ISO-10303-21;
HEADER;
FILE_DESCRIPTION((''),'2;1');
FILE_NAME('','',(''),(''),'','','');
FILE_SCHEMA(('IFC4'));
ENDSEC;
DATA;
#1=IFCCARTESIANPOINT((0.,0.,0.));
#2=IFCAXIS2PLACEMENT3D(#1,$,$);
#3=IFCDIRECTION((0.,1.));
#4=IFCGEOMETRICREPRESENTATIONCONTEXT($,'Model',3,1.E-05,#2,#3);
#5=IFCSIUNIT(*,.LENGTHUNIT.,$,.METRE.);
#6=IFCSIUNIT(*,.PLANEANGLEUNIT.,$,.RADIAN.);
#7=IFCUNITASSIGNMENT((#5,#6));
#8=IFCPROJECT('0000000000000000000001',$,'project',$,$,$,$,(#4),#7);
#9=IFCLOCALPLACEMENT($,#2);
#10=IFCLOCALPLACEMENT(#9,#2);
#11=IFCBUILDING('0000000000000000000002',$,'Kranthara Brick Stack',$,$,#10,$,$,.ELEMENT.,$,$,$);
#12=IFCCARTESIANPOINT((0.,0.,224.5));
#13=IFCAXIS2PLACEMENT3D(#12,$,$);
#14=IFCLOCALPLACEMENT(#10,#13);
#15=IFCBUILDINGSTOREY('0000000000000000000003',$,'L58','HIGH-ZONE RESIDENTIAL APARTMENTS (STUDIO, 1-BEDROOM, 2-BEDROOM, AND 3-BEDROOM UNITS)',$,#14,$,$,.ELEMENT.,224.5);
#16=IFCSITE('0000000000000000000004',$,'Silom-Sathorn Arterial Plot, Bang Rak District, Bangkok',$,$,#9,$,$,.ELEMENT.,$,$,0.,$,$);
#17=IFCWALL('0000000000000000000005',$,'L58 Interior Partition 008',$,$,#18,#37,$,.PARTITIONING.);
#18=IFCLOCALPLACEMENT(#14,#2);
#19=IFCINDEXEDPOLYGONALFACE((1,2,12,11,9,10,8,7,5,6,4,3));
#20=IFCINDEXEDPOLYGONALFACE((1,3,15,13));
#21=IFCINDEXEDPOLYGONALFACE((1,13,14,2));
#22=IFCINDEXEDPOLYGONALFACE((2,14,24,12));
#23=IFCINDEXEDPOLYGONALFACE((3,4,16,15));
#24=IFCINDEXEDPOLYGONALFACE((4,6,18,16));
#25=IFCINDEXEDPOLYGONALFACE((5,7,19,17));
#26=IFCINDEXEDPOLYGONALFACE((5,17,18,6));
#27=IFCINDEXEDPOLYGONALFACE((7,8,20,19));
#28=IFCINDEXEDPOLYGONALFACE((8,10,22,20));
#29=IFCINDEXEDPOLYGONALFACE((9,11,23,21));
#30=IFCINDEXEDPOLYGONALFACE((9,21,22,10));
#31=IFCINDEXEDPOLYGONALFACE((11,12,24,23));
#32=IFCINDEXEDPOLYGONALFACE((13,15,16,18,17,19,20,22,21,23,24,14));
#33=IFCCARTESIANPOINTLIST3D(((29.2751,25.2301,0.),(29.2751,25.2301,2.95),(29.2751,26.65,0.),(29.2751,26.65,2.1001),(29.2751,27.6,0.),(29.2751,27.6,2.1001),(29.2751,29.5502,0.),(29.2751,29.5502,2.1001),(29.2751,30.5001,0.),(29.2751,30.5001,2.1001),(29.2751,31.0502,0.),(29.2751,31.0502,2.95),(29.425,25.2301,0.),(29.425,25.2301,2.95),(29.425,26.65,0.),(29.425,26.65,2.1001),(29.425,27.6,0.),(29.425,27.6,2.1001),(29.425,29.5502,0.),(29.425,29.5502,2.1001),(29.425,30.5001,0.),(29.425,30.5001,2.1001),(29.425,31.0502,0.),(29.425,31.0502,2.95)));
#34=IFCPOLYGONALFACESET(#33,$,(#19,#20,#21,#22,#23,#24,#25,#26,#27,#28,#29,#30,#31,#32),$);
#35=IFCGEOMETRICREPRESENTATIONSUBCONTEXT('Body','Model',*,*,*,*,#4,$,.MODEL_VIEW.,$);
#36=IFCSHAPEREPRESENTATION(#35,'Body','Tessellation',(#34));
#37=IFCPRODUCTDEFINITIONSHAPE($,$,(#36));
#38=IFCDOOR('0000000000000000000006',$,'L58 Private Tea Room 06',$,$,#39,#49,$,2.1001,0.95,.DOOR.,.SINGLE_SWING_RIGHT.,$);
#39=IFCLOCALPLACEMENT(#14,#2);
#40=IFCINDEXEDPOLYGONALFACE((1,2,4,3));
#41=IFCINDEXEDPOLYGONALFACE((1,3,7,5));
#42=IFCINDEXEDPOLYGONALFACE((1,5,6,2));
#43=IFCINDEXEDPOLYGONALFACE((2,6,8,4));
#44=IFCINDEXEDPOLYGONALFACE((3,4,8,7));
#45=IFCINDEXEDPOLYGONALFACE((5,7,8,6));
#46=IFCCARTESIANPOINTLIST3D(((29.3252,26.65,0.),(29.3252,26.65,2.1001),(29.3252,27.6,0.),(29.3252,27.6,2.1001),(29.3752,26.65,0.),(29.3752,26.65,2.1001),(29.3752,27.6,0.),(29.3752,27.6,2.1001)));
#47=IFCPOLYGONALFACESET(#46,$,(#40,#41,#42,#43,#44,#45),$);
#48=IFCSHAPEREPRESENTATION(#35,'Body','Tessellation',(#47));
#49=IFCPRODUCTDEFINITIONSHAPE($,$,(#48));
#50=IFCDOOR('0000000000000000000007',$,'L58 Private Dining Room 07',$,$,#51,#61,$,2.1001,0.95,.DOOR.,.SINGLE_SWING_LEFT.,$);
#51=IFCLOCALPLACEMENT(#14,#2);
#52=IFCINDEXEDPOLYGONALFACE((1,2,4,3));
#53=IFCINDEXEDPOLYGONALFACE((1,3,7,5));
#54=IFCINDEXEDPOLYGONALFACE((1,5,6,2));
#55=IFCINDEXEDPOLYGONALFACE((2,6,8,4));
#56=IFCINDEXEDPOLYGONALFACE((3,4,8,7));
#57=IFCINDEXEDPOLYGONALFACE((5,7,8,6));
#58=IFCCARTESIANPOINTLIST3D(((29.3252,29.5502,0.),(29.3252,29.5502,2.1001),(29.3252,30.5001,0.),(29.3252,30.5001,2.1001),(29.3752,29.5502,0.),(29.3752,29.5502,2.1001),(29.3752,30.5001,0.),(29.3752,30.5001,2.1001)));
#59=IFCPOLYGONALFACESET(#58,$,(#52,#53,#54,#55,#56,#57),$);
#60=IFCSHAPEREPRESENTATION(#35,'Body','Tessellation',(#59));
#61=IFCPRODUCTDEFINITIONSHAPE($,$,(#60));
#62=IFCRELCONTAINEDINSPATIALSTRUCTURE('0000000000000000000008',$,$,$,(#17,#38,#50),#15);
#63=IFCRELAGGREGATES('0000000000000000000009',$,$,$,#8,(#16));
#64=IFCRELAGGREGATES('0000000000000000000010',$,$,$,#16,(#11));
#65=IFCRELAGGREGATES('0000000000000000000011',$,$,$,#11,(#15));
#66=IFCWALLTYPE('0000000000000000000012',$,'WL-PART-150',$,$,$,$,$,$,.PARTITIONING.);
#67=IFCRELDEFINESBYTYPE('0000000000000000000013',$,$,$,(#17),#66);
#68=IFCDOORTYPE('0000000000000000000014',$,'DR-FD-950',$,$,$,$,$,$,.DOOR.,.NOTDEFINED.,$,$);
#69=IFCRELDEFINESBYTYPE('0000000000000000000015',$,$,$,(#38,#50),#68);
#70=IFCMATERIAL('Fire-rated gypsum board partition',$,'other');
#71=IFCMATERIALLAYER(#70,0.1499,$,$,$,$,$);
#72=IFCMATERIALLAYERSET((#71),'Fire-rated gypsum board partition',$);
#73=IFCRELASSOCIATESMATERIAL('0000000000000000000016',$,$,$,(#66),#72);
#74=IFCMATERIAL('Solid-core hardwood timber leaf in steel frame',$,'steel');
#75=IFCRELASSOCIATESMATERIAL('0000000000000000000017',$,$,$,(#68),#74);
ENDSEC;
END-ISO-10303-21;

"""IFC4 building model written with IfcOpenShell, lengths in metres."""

from ifc_helpers import new_model, si_unit, direction, frame, frame_2d, origin, place, context, subcontext, project, spatial, rectangle, extrude, material, layer, layer_set, type_object, element, fill, save


model = new_model("IFC4")

# Units and contexts
model_context = context("Model", 3, precision=1e-05, world=origin(), true_north=direction((0.0, 1.0)))
body_context = subcontext(model_context, "Body", "Model", "MODEL_VIEW")
ifc_project = project(units=[si_unit("LENGTHUNIT", "METRE"), si_unit("PLANEANGLEUNIT", "RADIAN")], contexts=[model_context])

# Site, building, storey
site_placement = place(None, origin())
site = spatial("IfcSite", under=ifc_project, at=site_placement, Name="Silom-Sathorn Arterial Plot, Bang Rak District, Bangkok", CompositionType="ELEMENT", RefElevation=0.0)
building_placement = place(site_placement, origin())
building = spatial("IfcBuilding", under=site, at=building_placement, Name="Kranthara Brick Stack", CompositionType="ELEMENT")
storey_placement = place(building_placement, frame((0.0, 0.0, 224.5)))
storey = spatial("IfcBuildingStorey", under=building, at=storey_placement, Name="L58", Description="HIGH-ZONE RESIDENTIAL APARTMENTS (STUDIO, 1-BEDROOM, 2-BEDROOM, AND 3-BEDROOM UNITS)", CompositionType="ELEMENT", Elevation=224.5)

# Shared definitions
ifc_material_1 = material(Name="Fire-rated gypsum board partition", Category="other")
ifc_layer = layer(ifc_material_1, 0.1499)
ifc_layer_set = layer_set([ifc_layer], Name="Fire-rated gypsum board partition")
wall_type = type_object("IfcWallType", Name="WL-PART-150", PredefinedType="PARTITIONING", material=ifc_layer_set)

# Wall, openings, doors
ifc_material_2 = material(Name="Solid-core hardwood timber leaf in steel frame", Category="steel")
door_type = type_object("IfcDoorType", Name="DR-FD-950", OperationType="NOTDEFINED", PredefinedType="DOOR", material=ifc_material_2)
wall_1_placement = place(storey_placement, frame((29.3501, 25.23, 0.0), z_axis=(0.0, 0.0, 1.0), x_axis=(0.0, 1.0, 0.0)))
wall_1 = element("IfcWall", 1, at=wall_1_placement, inside=storey, type_object=wall_type, Name="L58 Interior Partition 008", PredefinedType="PARTITIONING", context=body_context, shape_type="SweptSolid", body=[
    extrude(rectangle(XDim=5.8201, YDim=0.1499, at=frame_2d((2.9102, 0.0))), origin(), (0.0, 0.0, 1.0), 2.95),
])
opening_1_placement = place(wall_1_placement, frame((1.4199, 0.0, 0.0)))
opening_1 = element("IfcOpeningElement", 2, at=opening_1_placement, cuts=wall_1, PredefinedType="OPENING", context=body_context, shape_type="SweptSolid", body=[
    extrude(rectangle(XDim=0.95, YDim=2.1001, at=frame_2d((0.4751, 1.05))), frame((0.0, 0.085, 0.0), z_axis=(0.0, -1.0, 0.0), x_axis=(1.0, 0.0, 0.0)), (0.0, 0.0, 1.0), 0.1699),
])
opening_2_placement = place(wall_1_placement, frame((4.3201, 0.0, 0.0)))
opening_2 = element("IfcOpeningElement", 3, at=opening_2_placement, cuts=wall_1, PredefinedType="OPENING", context=body_context, shape_type="SweptSolid", body=[
    extrude(rectangle(XDim=0.95, YDim=2.1001, at=frame_2d((0.4751, 1.05))), frame((0.0, 0.085, 0.0), z_axis=(0.0, -1.0, 0.0), x_axis=(1.0, 0.0, 0.0)), (0.0, 0.0, 1.0), 0.1699),
])
door_1_placement = place(opening_1_placement, origin())
door_1 = element("IfcDoor", 4, at=door_1_placement, inside=storey, type_object=door_type, Name="L58 Private Tea Room 06", OperationType="SINGLE_SWING_RIGHT", OverallHeight=2.1001, OverallWidth=0.95, PredefinedType="DOOR", context=body_context, shape_type="SweptSolid", body=[
    extrude(rectangle(XDim=0.95, YDim=2.1001, at=frame_2d((0.4751, 1.05))), frame((0.0, 0.0249, 0.0), z_axis=(0.0, -1.0, 0.0), x_axis=(1.0, 0.0, 0.0)), (0.0, 0.0, 1.0), 0.05),
])
fill(opening_1, door_1)
door_2_placement = place(opening_2_placement, origin())
door_2 = element("IfcDoor", 5, at=door_2_placement, inside=storey, type_object=door_type, Name="L58 Private Dining Room 07", OperationType="SINGLE_SWING_LEFT", OverallHeight=2.1001, OverallWidth=0.95, PredefinedType="DOOR", context=body_context, shape_type="SweptSolid", body=[
    extrude(rectangle(XDim=0.95, YDim=2.1001, at=frame_2d((0.4751, 1.05))), frame((0.0, 0.0249, 0.0), z_axis=(0.0, -1.0, 0.0), x_axis=(1.0, 0.0, 0.0)), (0.0, 0.0, 1.0), 0.05),
])
fill(opening_2, door_2)

save(model, "model.ifc")
